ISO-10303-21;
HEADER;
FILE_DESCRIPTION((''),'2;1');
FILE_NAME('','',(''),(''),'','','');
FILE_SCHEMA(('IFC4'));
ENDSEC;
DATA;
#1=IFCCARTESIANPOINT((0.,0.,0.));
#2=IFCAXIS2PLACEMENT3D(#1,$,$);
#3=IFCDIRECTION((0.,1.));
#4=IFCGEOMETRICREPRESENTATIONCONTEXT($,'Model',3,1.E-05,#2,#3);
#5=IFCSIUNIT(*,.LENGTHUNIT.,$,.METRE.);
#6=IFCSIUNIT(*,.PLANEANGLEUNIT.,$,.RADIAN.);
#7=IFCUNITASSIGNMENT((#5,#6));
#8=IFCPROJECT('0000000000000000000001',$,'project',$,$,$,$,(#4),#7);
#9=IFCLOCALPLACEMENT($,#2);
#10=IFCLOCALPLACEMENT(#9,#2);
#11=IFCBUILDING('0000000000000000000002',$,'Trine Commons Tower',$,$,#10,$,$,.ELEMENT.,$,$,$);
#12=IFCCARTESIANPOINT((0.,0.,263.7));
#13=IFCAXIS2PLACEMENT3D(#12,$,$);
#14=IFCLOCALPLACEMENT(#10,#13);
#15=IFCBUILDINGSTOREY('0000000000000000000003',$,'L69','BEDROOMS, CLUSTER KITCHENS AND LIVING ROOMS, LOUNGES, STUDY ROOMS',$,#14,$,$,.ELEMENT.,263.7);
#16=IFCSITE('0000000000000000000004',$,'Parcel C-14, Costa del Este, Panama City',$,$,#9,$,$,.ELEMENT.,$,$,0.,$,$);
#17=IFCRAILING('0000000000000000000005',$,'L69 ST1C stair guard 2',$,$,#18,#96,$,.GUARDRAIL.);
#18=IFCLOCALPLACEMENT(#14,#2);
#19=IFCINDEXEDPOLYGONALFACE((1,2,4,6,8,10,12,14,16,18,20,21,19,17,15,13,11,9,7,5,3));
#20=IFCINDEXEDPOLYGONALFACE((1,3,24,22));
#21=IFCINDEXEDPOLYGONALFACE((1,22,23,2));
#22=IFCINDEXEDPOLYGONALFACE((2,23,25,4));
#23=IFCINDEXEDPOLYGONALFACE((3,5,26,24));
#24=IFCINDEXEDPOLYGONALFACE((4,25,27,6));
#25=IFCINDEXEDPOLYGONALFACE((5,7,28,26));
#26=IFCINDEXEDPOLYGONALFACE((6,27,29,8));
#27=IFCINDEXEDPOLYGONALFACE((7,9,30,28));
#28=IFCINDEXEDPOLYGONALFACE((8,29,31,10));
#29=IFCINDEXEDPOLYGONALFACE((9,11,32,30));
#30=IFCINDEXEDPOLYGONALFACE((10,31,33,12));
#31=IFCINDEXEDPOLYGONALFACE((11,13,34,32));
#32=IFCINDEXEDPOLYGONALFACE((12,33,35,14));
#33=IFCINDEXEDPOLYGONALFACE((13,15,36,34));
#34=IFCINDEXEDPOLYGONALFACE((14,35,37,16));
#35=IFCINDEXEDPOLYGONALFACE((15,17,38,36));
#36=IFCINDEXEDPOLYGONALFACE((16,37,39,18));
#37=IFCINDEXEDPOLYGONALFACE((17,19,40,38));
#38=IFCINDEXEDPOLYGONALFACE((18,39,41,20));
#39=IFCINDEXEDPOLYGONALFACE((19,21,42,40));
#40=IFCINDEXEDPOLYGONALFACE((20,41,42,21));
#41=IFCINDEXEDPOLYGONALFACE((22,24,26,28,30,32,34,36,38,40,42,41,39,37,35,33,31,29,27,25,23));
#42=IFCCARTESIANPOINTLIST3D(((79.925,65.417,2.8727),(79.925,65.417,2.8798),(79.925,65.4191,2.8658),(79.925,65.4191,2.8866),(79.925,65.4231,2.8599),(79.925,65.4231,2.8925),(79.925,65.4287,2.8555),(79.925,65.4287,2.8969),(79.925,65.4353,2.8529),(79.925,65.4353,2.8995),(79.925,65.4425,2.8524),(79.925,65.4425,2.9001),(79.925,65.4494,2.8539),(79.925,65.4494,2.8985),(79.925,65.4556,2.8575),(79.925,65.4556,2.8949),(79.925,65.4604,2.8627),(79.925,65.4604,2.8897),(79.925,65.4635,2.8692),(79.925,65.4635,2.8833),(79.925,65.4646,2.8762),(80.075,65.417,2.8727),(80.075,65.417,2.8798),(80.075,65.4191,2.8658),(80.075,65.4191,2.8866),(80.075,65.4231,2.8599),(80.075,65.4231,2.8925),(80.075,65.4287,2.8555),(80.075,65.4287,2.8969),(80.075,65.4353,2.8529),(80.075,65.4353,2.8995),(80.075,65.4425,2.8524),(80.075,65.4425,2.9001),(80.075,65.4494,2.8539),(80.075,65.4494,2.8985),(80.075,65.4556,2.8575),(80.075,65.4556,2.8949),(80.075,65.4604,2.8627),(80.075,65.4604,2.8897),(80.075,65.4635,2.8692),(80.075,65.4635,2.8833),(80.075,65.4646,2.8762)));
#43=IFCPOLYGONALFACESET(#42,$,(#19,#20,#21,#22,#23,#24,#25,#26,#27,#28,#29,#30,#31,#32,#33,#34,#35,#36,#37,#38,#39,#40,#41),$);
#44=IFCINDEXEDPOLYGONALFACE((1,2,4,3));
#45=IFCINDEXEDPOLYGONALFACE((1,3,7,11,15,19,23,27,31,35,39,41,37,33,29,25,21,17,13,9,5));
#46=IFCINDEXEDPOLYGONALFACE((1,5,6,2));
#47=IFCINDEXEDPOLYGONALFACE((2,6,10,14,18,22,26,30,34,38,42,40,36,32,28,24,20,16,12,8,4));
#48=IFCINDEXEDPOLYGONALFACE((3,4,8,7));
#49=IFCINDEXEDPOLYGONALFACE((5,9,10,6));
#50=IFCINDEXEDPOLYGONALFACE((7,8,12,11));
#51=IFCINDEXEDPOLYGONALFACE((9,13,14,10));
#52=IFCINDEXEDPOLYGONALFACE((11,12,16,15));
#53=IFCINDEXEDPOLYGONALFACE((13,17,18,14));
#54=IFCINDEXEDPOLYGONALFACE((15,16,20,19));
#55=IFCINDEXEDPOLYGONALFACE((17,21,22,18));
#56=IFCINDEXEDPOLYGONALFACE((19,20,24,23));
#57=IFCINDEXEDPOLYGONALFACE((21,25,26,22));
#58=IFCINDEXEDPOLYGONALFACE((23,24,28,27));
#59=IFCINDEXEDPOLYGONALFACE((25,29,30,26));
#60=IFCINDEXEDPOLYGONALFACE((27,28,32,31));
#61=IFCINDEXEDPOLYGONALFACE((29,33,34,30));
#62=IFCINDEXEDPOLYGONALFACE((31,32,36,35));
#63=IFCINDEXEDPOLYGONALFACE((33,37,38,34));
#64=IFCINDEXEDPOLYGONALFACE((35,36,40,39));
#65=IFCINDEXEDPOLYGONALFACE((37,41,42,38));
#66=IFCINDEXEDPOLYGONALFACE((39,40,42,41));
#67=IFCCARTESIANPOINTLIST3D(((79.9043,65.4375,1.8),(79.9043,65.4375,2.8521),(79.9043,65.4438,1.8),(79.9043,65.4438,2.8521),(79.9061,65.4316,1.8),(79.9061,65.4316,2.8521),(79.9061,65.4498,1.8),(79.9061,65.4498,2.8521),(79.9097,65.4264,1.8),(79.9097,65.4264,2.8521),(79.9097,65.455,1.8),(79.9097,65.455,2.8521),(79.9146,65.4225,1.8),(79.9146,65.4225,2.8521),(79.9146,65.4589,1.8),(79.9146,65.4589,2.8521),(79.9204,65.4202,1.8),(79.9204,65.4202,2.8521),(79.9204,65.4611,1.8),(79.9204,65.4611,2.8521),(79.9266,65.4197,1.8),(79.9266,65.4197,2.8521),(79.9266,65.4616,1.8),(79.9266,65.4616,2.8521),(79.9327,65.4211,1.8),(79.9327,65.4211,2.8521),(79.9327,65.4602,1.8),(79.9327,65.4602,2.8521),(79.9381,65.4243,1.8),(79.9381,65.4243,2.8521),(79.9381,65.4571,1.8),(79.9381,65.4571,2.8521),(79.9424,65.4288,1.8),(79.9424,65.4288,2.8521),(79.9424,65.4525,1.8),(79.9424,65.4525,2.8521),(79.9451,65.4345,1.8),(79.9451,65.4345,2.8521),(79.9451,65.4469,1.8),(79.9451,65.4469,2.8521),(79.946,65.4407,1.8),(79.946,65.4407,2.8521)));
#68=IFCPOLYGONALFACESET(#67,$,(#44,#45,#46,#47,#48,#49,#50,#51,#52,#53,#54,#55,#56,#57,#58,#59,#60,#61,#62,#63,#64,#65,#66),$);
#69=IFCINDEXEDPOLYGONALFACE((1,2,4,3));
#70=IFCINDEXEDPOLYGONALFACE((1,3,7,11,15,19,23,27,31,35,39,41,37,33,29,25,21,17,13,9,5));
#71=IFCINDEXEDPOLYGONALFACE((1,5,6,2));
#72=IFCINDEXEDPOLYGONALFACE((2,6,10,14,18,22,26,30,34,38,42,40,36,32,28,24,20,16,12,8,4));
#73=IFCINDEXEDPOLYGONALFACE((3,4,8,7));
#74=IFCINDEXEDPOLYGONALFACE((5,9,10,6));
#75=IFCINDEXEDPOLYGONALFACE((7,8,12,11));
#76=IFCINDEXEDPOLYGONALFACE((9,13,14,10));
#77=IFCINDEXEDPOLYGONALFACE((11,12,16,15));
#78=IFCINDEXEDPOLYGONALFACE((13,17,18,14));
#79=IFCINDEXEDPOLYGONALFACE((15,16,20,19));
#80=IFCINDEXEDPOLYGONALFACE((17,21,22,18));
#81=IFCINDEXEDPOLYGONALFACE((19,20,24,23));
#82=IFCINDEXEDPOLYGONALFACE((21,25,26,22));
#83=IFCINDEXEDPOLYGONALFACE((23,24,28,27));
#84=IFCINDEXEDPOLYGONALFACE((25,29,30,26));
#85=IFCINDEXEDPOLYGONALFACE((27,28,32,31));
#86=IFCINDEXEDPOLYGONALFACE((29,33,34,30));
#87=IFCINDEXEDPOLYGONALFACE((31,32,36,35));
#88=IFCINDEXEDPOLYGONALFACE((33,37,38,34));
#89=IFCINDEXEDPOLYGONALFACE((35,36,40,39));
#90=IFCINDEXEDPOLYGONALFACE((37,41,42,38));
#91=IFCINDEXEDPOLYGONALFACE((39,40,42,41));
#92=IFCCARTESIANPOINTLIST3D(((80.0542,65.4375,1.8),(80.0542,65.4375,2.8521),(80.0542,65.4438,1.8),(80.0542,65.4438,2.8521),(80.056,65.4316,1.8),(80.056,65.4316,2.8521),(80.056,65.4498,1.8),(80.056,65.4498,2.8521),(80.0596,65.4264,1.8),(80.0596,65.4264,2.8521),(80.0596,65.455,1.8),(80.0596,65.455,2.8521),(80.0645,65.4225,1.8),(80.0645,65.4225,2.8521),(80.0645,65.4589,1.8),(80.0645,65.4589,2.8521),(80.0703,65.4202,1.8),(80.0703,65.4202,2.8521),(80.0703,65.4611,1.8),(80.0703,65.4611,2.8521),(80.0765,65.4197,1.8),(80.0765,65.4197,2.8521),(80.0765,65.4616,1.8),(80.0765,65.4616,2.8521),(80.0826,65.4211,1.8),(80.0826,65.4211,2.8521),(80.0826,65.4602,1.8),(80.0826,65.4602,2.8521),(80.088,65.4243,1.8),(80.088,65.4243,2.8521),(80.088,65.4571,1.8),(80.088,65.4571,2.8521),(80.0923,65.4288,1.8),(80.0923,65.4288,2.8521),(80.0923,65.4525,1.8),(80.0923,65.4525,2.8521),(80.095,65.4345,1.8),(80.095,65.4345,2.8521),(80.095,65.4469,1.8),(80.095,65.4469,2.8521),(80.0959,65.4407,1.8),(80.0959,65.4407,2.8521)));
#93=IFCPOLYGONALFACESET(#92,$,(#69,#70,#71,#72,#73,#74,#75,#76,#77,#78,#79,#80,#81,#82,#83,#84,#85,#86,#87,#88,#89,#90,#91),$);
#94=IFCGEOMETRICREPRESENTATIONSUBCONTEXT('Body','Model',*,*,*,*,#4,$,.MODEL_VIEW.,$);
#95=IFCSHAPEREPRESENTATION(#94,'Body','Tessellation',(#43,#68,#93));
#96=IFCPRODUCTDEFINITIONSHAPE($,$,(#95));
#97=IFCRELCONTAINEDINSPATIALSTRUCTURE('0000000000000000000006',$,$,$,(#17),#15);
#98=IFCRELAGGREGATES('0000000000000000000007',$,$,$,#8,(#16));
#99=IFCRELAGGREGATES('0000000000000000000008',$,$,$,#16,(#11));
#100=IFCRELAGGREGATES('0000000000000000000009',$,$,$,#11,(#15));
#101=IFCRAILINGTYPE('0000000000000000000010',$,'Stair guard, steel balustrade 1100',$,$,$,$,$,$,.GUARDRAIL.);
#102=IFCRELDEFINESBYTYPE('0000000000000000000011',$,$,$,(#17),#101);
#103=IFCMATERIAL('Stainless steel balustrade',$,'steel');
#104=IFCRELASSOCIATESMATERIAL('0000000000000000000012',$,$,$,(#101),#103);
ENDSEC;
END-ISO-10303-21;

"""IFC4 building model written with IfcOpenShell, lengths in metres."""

from ifc_helpers import new_model, si_unit, direction, frame, origin, origin_2d, place, context, subcontext, project, spatial, circle, extrude, material, type_object, element, save


model = new_model("IFC4")

# Units and contexts
model_context = context("Model", 3, precision=1e-05, world=origin(), true_north=direction((0.0, 1.0)))
body_context = subcontext(model_context, "Body", "Model", "MODEL_VIEW")
ifc_project = project(units=[si_unit("LENGTHUNIT", "METRE"), si_unit("PLANEANGLEUNIT", "RADIAN")], contexts=[model_context])

# Site, building, storey
site_placement = place(None, origin())
site = spatial("IfcSite", under=ifc_project, at=site_placement, Name="Parcel C-14, Costa del Este, Panama City", CompositionType="ELEMENT", RefElevation=0.0)
building_placement = place(site_placement, origin())
building = spatial("IfcBuilding", under=site, at=building_placement, Name="Trine Commons Tower", CompositionType="ELEMENT")
storey_placement = place(building_placement, frame((0.0, 0.0, 263.7)))
storey = spatial("IfcBuildingStorey", under=building, at=storey_placement, Name="L69", Description="BEDROOMS, CLUSTER KITCHENS AND LIVING ROOMS, LOUNGES, STUDY ROOMS", CompositionType="ELEMENT", Elevation=263.7)

# Railing
ifc_material_1 = material(Name="Stainless steel balustrade", Category="steel")
railing_type_1 = type_object("IfcRailingType", Name="Stair guard, steel balustrade 1100", PredefinedType="GUARDRAIL", material=ifc_material_1)
railing_1_placement = place(storey_placement, frame((79.925, 65.4407, 1.8)))
element("IfcRailing", 1, at=railing_1_placement, inside=storey, type_object=railing_type_1, Name="L69 ST1C stair guard 2", PredefinedType="GUARDRAIL", context=body_context, shape_type="SweptSolid", body=[
    extrude(circle(Radius=0.0239, at=origin_2d()), frame((0.0, 0.0, 1.0762), z_axis=(1.0, 0.0, 0.0), x_axis=(0.0, 1.0, 0.0)), (0.0, 0.0, 1.0), 0.1499),
    extrude(circle(Radius=0.021, at=origin_2d()), origin(), (0.0, 0.0, 1.0), 1.052),
    extrude(circle(Radius=0.021, at=origin_2d()), frame((0.1499, 0.0, 0.0)), (0.0, 0.0, 1.0), 1.052),
])

save(model, "model.ifc")
